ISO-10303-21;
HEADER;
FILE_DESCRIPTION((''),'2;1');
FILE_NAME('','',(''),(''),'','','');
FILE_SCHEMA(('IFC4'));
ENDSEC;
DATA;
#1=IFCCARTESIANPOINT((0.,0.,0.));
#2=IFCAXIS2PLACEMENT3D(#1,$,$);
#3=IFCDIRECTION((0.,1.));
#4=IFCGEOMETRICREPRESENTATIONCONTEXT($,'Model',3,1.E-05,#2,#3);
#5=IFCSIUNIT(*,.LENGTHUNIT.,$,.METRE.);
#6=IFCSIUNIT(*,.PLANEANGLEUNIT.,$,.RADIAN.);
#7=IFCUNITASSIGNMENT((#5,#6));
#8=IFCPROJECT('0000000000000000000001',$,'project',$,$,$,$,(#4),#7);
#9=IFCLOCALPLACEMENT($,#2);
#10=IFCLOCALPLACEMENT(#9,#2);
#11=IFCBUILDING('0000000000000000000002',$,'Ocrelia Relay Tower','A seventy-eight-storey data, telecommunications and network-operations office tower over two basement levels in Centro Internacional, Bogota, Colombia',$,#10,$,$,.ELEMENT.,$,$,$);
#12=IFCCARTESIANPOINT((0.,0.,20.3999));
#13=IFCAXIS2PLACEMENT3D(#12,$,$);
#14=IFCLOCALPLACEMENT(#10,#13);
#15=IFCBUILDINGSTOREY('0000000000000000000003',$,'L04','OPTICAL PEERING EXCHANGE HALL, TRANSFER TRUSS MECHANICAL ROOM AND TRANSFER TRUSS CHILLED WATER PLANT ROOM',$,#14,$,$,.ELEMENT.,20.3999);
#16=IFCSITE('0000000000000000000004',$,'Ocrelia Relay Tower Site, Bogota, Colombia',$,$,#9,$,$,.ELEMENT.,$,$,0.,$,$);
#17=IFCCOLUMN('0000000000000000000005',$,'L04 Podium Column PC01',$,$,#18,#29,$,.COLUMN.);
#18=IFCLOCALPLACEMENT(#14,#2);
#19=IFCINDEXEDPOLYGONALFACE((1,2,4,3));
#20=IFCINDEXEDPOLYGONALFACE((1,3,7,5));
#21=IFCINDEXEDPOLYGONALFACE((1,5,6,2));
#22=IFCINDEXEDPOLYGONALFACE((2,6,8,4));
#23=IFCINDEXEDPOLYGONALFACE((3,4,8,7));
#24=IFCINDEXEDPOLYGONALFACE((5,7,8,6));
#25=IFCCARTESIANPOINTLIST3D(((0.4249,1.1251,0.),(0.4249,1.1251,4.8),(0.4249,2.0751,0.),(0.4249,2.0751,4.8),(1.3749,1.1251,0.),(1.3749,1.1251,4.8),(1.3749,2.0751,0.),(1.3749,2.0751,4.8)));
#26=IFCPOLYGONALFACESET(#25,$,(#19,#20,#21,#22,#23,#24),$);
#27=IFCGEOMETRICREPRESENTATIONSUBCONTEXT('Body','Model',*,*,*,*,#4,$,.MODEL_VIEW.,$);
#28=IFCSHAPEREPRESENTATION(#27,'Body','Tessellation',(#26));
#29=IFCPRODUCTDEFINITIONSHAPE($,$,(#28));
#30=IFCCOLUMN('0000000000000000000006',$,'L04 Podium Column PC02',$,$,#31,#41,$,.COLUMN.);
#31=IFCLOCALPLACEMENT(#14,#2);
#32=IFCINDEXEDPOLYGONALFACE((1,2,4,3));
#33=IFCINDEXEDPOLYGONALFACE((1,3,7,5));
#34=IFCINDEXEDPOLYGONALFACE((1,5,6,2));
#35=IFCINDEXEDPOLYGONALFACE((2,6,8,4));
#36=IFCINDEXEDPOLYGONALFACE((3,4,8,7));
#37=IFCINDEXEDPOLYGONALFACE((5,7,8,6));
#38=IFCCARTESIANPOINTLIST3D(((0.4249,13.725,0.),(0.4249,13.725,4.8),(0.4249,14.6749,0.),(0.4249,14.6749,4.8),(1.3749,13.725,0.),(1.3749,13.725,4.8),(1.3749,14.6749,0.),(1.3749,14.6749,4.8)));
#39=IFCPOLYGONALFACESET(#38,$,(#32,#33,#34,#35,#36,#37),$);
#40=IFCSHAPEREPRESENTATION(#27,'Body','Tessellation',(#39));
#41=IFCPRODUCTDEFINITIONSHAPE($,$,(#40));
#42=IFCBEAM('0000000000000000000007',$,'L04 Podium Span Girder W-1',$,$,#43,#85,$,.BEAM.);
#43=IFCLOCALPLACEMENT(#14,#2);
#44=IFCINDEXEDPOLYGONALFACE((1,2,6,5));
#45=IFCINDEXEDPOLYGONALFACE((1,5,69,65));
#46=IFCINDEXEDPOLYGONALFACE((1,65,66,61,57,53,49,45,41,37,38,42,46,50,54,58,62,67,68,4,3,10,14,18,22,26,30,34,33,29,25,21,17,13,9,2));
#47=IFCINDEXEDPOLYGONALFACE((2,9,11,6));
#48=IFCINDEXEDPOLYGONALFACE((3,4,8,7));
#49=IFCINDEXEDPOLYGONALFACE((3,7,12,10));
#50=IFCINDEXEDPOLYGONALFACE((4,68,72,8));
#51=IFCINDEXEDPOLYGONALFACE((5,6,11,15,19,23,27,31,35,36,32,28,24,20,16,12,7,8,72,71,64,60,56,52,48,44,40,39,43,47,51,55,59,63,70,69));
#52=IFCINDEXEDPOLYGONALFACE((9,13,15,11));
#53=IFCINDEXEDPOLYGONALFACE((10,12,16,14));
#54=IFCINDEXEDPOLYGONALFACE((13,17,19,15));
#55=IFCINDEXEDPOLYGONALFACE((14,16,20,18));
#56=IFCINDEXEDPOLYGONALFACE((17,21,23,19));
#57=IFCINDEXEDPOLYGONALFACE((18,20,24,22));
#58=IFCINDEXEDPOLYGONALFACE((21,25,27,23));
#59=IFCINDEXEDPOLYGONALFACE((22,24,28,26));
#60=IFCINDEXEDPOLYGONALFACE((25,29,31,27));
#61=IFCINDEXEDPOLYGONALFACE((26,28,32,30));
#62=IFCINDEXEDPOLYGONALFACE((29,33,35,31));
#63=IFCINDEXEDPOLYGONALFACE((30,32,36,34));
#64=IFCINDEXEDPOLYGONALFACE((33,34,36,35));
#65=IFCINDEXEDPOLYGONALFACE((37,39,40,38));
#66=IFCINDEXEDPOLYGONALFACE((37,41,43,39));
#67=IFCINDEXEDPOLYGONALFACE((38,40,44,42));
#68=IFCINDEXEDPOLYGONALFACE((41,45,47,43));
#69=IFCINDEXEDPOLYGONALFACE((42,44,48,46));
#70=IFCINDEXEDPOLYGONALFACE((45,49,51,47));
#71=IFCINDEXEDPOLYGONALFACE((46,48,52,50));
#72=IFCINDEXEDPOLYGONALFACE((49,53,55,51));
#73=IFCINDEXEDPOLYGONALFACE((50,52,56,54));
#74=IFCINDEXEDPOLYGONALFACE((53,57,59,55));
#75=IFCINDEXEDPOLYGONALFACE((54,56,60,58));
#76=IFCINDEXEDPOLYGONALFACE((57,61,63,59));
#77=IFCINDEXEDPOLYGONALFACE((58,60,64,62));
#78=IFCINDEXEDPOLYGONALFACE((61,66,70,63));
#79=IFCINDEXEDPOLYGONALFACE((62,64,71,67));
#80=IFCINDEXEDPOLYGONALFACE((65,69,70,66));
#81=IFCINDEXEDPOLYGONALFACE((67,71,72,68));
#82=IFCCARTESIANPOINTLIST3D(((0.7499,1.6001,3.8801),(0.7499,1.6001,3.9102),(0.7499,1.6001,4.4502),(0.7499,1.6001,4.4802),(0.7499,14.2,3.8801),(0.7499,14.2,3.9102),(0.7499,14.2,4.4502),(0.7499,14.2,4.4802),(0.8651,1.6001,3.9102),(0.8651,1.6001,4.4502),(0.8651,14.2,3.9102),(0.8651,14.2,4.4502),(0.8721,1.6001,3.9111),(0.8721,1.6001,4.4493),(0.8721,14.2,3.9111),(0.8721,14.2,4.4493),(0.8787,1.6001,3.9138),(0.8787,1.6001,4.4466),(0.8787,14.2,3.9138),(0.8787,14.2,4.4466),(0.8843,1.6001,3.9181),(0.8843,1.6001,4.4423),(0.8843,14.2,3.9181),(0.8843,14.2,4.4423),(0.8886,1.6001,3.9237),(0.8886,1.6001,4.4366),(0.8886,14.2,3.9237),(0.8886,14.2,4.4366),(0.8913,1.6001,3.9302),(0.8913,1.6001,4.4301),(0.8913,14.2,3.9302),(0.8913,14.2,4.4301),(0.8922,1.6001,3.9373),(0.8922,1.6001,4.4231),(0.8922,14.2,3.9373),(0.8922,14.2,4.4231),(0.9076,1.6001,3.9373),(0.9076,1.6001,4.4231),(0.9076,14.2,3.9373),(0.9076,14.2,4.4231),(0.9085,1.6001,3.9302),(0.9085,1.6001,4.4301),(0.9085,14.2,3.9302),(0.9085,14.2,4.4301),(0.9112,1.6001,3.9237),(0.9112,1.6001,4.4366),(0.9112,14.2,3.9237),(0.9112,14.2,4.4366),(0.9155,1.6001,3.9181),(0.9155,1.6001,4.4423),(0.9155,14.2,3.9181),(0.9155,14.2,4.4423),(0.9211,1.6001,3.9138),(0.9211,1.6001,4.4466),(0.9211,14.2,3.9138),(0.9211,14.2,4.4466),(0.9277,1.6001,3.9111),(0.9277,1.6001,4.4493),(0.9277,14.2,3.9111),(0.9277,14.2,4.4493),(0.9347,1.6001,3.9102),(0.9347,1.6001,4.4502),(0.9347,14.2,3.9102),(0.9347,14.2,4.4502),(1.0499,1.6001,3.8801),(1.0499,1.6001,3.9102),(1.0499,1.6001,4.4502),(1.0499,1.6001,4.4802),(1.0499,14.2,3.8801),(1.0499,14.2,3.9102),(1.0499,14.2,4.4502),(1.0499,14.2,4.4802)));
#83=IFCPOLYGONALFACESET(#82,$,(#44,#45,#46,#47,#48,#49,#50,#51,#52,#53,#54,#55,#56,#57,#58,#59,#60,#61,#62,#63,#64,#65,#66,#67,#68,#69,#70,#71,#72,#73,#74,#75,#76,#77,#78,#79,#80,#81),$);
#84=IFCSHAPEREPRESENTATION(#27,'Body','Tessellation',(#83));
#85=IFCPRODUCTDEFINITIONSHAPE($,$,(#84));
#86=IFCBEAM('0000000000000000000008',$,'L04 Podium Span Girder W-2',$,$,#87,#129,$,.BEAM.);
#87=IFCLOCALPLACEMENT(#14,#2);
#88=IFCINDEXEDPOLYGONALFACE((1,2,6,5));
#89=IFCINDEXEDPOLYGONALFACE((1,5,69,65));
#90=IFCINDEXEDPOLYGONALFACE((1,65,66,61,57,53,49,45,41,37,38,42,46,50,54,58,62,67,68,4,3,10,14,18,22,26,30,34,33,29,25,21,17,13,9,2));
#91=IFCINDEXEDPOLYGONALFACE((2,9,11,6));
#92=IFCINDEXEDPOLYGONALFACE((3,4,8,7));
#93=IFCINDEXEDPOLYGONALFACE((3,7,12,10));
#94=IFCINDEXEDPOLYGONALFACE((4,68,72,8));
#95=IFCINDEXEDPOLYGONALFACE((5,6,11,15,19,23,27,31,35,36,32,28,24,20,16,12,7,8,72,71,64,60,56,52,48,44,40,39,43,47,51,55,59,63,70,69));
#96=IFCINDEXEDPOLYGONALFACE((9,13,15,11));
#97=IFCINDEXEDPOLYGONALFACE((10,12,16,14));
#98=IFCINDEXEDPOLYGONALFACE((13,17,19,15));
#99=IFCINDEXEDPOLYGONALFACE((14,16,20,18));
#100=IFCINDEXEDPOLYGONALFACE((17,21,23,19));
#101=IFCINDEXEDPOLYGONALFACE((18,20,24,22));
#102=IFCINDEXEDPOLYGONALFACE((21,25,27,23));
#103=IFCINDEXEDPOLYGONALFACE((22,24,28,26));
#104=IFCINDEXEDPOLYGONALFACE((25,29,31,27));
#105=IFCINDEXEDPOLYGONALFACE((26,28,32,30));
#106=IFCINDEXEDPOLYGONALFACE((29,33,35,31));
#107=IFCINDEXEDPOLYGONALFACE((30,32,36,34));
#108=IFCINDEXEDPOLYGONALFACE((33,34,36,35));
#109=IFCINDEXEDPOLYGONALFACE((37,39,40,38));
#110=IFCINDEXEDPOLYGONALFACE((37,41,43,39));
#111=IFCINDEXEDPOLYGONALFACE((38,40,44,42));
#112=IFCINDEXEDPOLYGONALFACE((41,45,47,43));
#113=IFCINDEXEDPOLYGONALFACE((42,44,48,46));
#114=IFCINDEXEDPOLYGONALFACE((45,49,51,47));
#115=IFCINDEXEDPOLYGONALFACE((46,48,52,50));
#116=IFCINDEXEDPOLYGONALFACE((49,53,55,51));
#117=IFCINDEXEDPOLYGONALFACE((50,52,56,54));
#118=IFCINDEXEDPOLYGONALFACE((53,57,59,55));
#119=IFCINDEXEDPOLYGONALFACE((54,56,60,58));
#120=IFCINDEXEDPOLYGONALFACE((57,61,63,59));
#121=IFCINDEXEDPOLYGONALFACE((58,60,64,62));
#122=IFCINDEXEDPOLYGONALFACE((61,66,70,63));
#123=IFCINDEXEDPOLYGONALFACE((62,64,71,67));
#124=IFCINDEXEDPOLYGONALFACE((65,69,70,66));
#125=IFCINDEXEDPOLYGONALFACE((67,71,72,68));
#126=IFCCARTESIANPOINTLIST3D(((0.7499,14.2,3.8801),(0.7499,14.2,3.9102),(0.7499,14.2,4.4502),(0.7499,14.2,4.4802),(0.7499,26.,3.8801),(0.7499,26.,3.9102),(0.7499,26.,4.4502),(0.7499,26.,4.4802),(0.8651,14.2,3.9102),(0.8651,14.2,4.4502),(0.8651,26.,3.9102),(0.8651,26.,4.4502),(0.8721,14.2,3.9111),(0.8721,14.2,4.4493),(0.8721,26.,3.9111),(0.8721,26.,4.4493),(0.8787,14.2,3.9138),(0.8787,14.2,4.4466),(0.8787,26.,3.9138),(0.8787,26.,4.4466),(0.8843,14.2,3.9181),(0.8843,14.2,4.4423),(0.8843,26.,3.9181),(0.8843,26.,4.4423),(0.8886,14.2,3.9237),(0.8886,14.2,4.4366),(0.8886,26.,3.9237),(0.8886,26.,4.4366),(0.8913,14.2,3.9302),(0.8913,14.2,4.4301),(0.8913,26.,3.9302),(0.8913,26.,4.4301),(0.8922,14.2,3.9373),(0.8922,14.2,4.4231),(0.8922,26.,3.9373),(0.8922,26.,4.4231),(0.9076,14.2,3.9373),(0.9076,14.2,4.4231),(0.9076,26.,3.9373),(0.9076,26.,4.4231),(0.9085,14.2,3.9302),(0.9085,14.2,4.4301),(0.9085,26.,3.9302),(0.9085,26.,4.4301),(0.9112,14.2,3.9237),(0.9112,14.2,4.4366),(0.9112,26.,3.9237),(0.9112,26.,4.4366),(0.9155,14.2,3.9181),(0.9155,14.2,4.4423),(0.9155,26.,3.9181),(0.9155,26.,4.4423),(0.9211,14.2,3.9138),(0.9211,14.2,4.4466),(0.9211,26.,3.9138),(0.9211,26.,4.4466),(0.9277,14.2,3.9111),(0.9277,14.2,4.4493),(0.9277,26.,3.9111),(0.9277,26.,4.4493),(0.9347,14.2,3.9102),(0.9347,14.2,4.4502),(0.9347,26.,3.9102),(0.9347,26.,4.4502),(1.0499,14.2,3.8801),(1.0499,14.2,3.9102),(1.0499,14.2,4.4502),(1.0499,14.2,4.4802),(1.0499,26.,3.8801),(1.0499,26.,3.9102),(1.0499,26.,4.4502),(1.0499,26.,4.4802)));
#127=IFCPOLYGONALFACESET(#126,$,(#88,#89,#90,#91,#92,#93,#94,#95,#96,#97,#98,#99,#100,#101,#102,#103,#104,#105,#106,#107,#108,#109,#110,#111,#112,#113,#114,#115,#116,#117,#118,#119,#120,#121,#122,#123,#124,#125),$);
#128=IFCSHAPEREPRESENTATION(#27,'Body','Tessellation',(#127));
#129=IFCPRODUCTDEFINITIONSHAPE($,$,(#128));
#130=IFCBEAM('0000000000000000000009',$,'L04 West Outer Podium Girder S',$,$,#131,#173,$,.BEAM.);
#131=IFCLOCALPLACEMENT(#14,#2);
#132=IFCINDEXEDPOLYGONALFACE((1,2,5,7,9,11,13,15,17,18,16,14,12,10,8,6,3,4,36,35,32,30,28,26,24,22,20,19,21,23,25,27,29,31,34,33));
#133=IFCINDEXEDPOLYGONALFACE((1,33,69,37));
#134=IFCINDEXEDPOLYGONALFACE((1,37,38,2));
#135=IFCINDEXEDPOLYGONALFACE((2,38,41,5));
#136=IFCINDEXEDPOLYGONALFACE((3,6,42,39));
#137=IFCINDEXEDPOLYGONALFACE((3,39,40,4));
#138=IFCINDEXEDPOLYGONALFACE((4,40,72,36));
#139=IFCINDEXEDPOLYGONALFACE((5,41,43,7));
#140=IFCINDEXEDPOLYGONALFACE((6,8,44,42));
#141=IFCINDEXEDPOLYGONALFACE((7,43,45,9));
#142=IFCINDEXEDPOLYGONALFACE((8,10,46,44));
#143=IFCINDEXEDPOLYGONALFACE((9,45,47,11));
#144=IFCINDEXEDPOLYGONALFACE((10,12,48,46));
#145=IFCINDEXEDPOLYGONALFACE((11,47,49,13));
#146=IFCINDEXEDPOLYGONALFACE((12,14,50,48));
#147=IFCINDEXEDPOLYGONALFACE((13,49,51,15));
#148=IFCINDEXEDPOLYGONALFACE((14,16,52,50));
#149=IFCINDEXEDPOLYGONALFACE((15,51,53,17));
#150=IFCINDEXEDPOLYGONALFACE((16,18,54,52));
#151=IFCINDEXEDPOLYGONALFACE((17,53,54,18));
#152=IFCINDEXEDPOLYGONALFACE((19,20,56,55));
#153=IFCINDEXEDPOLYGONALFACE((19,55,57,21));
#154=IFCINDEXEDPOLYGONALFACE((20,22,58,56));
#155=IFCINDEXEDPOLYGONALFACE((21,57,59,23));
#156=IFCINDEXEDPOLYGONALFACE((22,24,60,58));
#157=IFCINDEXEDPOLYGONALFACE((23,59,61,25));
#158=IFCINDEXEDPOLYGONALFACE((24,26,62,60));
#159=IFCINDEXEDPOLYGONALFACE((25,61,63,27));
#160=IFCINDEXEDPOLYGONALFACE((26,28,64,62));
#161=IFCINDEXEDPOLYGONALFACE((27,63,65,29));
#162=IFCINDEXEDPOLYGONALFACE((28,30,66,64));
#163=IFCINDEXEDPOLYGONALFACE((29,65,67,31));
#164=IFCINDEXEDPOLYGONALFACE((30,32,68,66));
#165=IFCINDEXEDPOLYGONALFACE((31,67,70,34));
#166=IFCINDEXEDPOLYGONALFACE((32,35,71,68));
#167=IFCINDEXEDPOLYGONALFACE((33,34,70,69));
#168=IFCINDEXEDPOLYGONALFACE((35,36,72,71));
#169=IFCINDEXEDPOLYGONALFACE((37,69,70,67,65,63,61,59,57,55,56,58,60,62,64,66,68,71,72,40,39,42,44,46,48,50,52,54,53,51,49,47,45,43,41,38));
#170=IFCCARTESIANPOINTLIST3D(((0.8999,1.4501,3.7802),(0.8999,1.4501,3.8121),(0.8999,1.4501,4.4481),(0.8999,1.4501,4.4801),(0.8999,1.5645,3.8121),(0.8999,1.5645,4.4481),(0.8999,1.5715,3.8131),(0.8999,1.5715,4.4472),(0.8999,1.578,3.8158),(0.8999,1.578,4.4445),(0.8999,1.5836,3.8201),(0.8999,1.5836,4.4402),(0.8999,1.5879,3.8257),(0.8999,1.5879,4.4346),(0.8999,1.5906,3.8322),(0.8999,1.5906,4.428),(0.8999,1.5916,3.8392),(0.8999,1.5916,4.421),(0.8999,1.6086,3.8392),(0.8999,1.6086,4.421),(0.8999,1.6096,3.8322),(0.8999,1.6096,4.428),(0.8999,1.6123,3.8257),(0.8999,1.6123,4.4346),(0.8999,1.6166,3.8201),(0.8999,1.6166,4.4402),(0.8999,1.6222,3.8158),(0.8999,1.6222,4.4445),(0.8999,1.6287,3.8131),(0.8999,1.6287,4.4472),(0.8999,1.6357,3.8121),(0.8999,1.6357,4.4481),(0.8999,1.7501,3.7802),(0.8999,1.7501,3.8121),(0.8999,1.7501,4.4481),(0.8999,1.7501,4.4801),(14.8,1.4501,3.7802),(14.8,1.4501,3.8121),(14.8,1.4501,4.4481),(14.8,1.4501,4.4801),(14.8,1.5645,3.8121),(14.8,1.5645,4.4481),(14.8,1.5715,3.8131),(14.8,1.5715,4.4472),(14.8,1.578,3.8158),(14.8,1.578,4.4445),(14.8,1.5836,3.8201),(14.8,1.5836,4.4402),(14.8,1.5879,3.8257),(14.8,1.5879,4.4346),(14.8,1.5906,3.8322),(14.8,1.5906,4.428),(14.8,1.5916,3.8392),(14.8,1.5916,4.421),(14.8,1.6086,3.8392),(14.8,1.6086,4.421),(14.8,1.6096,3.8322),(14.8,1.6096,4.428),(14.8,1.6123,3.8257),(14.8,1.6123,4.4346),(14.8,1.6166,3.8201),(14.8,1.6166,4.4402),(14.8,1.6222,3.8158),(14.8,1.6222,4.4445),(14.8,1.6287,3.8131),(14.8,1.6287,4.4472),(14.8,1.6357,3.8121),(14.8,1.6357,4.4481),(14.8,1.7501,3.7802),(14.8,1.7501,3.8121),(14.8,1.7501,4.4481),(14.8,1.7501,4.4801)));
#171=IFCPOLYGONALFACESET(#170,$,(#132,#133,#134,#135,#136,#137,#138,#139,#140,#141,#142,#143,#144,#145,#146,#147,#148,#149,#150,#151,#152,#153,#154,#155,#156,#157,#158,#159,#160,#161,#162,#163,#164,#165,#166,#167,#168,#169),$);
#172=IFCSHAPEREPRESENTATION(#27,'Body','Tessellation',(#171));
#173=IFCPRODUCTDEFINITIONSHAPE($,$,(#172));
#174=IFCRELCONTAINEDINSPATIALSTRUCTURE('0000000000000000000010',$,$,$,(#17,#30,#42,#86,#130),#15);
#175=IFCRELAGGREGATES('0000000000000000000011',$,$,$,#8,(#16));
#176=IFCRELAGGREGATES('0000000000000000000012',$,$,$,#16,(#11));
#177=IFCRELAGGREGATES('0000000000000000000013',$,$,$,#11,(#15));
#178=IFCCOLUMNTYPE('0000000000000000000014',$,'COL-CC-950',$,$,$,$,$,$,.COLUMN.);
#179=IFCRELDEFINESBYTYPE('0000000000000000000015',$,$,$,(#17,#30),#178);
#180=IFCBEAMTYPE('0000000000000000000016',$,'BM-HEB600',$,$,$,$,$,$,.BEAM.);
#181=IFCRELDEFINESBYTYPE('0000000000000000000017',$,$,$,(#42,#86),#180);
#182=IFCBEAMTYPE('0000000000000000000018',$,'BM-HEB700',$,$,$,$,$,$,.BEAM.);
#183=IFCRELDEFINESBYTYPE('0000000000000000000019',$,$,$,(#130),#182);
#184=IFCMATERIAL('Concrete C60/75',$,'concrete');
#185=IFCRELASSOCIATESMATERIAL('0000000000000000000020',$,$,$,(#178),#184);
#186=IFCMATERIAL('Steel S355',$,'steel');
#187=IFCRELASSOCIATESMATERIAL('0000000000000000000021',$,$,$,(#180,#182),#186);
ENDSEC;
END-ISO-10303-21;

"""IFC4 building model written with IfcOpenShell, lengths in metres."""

from ifc_helpers import new_model, si_unit, direction, frame, origin, origin_2d, place, context, subcontext, project, spatial, rectangle, i_section, extrude, material, material_profile, profile_set, type_object, element, save


model = new_model("IFC4")

# Units and contexts
model_context = context("Model", 3, precision=1e-05, world=origin(), true_north=direction((0.0, 1.0)))
body_context = subcontext(model_context, "Body", "Model", "MODEL_VIEW")
ifc_project = project(units=[si_unit("LENGTHUNIT", "METRE"), si_unit("PLANEANGLEUNIT", "RADIAN")], contexts=[model_context])

# Site, building, storey
site_placement = place(None, origin())
site = spatial("IfcSite", under=ifc_project, at=site_placement, Name="Ocrelia Relay Tower Site, Bogota, Colombia", CompositionType="ELEMENT", RefElevation=0.0)
building_placement = place(site_placement, origin())
building = spatial("IfcBuilding", under=site, at=building_placement, Name="Ocrelia Relay Tower", Description="A seventy-eight-storey data, telecommunications and network-operations office tower over two basement levels in Centro Internacional, Bogota, Colombia", CompositionType="ELEMENT")
storey_placement = place(building_placement, frame((0.0, 0.0, 20.3999)))
storey = spatial("IfcBuildingStorey", under=building, at=storey_placement, Name="L04", Description="OPTICAL PEERING EXCHANGE HALL, TRANSFER TRUSS MECHANICAL ROOM AND TRANSFER TRUSS CHILLED WATER PLANT ROOM", CompositionType="ELEMENT", Elevation=20.3999)

# Columns
ifc_material_1 = material(Name="Concrete C60/75", Category="concrete")
ifc_material_profile_1 = material_profile(ifc_material_1, rectangle(XDim=0.95, YDim=0.95, at=origin_2d()), Name="RC-COL-950x950")
ifc_profile_set_1 = profile_set([ifc_material_profile_1], Name="Concrete C60/75")
column_type = type_object("IfcColumnType", Name="COL-CC-950", PredefinedType="COLUMN", material=ifc_profile_set_1)
for number, where, z_axis, x_axis, name in (
    (1, (0.8999, 1.6001, 0.0), (0.0, 0.0, 1.0), (1.0, 0.0, 0.0), "L04 Podium Column PC01"),
    (2, (0.8999, 14.2, 0.0), (0.0, 0.0, 1.0), (1.0, 0.0, 0.0), "L04 Podium Column PC02"),
):
    element("IfcColumn", number, at=place(storey_placement, frame(where, z_axis=z_axis, x_axis=x_axis)), inside=storey, type_object=column_type, Name=name, PredefinedType="COLUMN", context=body_context, shape_type="SweptSolid", body=[
        extrude(rectangle(XDim=0.95, YDim=0.95, at=origin_2d()), origin(), (0.0, 0.0, 1.0), 4.8),
    ])

# Beams
ifc_material_2 = material(Name="Steel S355", Category="steel")
ifc_material_profile_2 = material_profile(ifc_material_2, i_section(OverallWidth=0.3, OverallDepth=0.6001, WebThickness=0.0154, FlangeThickness=0.03, FilletRadius=0.0271, at=origin_2d()), Name="HEB 600")
ifc_profile_set_2 = profile_set([ifc_material_profile_2], Name="Steel S355")
beam_type_1 = type_object("IfcBeamType", Name="BM-HEB600", PredefinedType="BEAM", material=ifc_profile_set_2)
beam_1_placement = place(storey_placement, frame((0.8999, 1.6001, 4.1802), z_axis=(0.0, 1.0, 0.0), x_axis=(-1.0, 0.0, 0.0)))
element("IfcBeam", 3, at=beam_1_placement, inside=storey, type_object=beam_type_1, Name="L04 Podium Span Girder W-1", PredefinedType="BEAM", context=body_context, shape_type="SweptSolid", body=[
    extrude(i_section(OverallWidth=0.3, OverallDepth=0.6001, WebThickness=0.0154, FlangeThickness=0.03, FilletRadius=0.0271, at=origin_2d()), origin(), (0.0, 0.0, 1.0), 12.5999),
])
beam_2_placement = place(storey_placement, frame((0.8999, 14.2, 4.1802), z_axis=(0.0, 1.0, 0.0), x_axis=(-1.0, 0.0, 0.0)))
element("IfcBeam", 4, at=beam_2_placement, inside=storey, type_object=beam_type_1, Name="L04 Podium Span Girder W-2", PredefinedType="BEAM", context=body_context, shape_type="SweptSolid", body=[
    extrude(i_section(OverallWidth=0.3, OverallDepth=0.6001, WebThickness=0.0154, FlangeThickness=0.03, FilletRadius=0.0271, at=origin_2d()), origin(), (0.0, 0.0, 1.0), 11.8),
])
ifc_material_profile_3 = material_profile(ifc_material_2, i_section(OverallWidth=0.3, OverallDepth=0.7, WebThickness=0.0171, FlangeThickness=0.032, FilletRadius=0.0271, at=origin_2d()), Name="HEB 700")
ifc_profile_set_3 = profile_set([ifc_material_profile_3], Name="Steel S355")
beam_type_2 = type_object("IfcBeamType", Name="BM-HEB700", PredefinedType="BEAM", material=ifc_profile_set_3)
for number, where, z_axis, x_axis, name in (
    (5, (0.8999, 1.6001, 4.1301), (1.0, 0.0, 0.0), (0.0, 1.0, 0.0), "L04 West Outer Podium Girder S"),
):
    element("IfcBeam", number, at=place(storey_placement, frame(where, z_axis=z_axis, x_axis=x_axis)), inside=storey, type_object=beam_type_2, Name=name, PredefinedType="BEAM", context=body_context, shape_type="SweptSolid", body=[
        extrude(i_section(OverallWidth=0.3, OverallDepth=0.7, WebThickness=0.0171, FlangeThickness=0.032, FilletRadius=0.0271, at=origin_2d()), origin(), (0.0, 0.0, 1.0), 13.9001),
    ])

save(model, "model.ifc")
